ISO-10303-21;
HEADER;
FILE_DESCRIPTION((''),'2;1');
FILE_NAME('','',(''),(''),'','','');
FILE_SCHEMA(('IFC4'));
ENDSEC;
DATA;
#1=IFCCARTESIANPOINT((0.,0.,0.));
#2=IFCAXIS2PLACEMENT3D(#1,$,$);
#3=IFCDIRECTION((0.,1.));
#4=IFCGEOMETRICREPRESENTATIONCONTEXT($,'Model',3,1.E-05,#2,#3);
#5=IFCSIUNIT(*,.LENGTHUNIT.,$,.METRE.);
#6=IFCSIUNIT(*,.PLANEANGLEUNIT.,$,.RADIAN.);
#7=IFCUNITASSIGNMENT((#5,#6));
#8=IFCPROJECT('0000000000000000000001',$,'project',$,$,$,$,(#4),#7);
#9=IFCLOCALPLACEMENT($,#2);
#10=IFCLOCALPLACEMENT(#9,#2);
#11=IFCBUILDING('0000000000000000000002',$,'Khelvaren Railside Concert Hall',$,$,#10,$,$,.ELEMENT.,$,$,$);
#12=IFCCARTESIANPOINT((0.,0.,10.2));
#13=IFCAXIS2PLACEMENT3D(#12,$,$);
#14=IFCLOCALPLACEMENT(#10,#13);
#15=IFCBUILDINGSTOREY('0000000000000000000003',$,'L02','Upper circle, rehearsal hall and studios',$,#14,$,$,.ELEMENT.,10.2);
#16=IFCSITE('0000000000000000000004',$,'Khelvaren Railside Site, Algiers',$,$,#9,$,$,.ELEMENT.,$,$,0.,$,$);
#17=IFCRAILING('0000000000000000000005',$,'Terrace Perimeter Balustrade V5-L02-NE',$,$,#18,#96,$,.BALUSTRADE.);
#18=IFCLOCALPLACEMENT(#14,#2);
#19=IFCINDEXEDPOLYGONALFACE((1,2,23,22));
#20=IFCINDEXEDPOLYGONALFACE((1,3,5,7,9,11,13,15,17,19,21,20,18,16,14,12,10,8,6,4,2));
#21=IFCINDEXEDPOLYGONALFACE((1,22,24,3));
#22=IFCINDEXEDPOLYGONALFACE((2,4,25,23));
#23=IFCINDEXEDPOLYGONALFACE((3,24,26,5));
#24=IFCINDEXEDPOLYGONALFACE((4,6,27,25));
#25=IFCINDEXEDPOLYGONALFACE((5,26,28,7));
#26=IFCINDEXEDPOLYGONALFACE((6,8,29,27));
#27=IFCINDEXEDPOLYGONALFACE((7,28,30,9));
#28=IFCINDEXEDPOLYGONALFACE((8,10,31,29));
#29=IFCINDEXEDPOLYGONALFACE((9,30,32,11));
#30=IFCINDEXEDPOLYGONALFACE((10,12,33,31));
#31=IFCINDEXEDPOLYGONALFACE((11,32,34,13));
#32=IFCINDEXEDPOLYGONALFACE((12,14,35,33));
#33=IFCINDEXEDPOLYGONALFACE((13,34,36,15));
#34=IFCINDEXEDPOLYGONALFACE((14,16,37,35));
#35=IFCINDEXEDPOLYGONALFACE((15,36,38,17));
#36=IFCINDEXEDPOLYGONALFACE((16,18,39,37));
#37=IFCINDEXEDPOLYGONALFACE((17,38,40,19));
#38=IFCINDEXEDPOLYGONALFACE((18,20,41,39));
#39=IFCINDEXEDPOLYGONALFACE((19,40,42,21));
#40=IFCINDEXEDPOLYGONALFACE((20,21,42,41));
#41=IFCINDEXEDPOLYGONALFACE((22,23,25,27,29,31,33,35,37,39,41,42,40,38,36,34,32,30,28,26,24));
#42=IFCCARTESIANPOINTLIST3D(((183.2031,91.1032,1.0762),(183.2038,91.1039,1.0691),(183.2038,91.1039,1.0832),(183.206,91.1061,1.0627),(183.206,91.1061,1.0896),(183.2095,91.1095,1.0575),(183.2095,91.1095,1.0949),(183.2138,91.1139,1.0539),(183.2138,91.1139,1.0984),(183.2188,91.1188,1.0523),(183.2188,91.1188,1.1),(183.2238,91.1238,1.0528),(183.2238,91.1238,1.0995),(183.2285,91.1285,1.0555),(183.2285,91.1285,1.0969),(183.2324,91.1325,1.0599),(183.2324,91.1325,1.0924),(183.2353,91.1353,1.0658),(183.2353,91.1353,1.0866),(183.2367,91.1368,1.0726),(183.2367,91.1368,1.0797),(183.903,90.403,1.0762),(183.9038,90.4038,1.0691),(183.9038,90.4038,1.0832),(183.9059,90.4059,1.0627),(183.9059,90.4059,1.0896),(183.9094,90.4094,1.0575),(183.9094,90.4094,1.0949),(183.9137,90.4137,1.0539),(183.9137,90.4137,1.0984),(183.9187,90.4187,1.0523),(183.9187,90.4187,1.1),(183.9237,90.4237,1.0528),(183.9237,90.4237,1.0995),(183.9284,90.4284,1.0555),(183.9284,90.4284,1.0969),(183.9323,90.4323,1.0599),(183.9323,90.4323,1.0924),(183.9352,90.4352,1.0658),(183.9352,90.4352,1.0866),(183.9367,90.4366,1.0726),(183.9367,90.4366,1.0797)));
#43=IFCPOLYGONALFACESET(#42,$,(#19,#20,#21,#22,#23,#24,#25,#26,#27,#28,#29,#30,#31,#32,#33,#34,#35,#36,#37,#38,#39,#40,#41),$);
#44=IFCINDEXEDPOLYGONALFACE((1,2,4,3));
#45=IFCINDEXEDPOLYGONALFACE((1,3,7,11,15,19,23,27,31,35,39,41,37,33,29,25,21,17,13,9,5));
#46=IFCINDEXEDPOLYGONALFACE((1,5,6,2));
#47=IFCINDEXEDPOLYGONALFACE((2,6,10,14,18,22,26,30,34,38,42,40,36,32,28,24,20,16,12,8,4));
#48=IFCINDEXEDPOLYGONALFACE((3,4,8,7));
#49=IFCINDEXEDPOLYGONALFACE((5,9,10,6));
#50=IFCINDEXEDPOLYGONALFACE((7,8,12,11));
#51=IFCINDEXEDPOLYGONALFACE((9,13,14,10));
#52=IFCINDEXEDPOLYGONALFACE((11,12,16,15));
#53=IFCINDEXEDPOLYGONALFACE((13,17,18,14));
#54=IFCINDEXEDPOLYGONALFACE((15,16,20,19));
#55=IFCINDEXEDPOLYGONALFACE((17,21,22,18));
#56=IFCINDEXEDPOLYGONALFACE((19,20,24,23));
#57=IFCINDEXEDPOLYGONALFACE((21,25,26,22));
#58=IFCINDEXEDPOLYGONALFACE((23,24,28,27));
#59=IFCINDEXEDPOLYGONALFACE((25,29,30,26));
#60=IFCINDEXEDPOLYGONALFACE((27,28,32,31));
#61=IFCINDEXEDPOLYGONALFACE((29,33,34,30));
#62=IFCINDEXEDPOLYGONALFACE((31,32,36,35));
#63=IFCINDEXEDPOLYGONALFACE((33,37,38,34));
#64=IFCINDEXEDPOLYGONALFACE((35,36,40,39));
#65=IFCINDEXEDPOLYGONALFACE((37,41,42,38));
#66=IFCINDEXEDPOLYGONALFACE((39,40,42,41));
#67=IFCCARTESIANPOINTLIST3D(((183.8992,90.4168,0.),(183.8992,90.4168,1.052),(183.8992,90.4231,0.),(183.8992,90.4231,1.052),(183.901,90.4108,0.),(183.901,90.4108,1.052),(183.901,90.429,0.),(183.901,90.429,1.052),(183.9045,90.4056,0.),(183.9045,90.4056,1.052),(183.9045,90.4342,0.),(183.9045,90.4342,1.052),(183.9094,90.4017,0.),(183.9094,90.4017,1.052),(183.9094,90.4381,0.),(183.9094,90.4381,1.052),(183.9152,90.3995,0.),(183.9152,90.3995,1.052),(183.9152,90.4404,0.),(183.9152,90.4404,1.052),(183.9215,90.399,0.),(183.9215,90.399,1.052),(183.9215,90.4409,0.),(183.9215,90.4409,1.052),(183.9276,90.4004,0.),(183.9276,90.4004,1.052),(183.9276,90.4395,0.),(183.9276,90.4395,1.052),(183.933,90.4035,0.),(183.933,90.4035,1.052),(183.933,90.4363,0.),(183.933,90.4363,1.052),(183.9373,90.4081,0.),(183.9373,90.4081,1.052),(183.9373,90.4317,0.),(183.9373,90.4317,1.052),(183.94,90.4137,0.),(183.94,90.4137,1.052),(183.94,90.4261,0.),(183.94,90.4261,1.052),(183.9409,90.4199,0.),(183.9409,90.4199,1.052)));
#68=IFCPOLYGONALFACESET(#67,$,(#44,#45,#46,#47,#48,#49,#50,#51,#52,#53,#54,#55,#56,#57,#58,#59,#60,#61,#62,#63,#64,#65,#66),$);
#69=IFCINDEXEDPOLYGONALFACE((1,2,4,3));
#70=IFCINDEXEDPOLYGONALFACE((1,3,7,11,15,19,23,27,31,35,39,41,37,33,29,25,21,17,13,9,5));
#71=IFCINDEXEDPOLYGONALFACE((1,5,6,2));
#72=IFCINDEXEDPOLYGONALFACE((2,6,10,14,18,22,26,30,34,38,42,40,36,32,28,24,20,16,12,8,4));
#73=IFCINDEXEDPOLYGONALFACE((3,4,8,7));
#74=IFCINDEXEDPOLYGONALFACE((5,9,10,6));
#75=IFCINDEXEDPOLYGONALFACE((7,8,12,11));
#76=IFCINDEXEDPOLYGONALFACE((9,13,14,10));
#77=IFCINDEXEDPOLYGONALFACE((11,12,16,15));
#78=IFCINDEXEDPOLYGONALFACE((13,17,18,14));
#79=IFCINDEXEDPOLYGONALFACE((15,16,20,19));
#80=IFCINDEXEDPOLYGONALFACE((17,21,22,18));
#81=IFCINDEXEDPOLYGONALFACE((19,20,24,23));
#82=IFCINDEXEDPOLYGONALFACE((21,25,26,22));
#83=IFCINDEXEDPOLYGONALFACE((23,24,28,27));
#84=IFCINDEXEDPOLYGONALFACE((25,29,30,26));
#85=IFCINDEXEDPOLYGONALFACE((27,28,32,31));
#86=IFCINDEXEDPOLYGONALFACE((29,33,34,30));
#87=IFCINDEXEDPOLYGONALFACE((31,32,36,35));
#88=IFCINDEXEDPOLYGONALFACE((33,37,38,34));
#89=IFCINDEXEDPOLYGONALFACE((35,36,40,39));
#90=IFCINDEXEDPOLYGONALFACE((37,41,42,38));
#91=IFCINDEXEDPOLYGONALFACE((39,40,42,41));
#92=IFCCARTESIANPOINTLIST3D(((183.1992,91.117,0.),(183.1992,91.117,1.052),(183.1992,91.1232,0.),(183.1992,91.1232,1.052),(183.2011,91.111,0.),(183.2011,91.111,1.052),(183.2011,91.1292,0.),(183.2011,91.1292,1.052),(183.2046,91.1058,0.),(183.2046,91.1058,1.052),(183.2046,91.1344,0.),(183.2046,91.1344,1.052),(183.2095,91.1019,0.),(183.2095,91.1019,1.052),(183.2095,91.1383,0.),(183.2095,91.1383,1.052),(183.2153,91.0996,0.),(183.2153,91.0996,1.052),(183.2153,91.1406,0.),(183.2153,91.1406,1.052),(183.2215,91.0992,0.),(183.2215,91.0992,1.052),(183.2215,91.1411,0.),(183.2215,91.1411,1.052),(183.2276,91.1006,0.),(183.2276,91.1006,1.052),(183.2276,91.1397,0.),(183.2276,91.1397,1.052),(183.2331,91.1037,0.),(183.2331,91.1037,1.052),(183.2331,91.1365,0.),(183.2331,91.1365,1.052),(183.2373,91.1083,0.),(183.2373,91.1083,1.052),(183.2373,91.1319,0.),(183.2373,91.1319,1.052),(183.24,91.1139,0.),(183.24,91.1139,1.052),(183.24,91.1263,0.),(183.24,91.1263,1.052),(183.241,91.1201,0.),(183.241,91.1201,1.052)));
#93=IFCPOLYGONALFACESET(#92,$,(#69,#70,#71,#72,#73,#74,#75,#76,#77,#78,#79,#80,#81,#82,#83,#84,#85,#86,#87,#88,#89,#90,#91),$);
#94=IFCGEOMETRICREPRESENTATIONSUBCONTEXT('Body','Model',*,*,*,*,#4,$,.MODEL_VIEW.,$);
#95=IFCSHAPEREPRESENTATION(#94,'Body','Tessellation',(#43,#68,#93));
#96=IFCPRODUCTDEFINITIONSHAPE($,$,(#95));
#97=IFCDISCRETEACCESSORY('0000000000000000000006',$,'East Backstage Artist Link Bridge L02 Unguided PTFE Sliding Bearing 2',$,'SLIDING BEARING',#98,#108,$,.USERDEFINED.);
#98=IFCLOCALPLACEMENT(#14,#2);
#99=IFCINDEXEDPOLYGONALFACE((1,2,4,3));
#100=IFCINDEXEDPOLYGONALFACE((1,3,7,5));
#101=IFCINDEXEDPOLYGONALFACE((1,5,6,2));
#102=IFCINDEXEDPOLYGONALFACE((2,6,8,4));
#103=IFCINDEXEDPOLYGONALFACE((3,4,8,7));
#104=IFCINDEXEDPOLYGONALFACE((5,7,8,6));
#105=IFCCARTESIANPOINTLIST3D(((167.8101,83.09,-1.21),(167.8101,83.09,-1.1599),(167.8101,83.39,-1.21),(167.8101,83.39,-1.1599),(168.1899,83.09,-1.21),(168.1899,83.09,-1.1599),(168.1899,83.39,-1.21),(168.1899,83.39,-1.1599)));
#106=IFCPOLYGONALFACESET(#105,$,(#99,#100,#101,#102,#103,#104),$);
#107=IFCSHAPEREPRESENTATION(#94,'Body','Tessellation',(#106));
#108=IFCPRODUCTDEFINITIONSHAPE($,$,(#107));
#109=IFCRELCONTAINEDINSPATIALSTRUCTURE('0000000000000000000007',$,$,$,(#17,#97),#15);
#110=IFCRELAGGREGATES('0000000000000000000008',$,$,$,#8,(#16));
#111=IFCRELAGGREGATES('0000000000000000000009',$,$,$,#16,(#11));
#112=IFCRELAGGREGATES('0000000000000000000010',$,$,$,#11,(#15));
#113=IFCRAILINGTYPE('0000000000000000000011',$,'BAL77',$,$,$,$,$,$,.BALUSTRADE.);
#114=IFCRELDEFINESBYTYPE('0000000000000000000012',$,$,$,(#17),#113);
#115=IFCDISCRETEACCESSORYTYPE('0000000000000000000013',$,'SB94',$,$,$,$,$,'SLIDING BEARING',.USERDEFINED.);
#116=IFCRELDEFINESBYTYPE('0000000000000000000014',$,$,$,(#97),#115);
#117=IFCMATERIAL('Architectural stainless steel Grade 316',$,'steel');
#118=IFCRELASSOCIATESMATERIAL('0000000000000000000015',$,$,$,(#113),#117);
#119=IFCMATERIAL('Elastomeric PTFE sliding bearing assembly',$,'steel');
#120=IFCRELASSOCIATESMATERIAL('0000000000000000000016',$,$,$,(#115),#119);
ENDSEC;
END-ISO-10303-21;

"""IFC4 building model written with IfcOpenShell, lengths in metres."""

from ifc_helpers import new_model, si_unit, direction, frame, origin, origin_2d, place, context, subcontext, project, spatial, rectangle, circle, extrude, material, type_object, element, save


model = new_model("IFC4")

# Units and contexts
model_context = context("Model", 3, precision=1e-05, world=origin(), true_north=direction((0.0, 1.0)))
body_context = subcontext(model_context, "Body", "Model", "MODEL_VIEW")
ifc_project = project(units=[si_unit("LENGTHUNIT", "METRE"), si_unit("PLANEANGLEUNIT", "RADIAN")], contexts=[model_context])

# Site, building, storey
site_placement = place(None, origin())
site = spatial("IfcSite", under=ifc_project, at=site_placement, Name="Khelvaren Railside Site, Algiers", CompositionType="ELEMENT", RefElevation=0.0)
building_placement = place(site_placement, origin())
building = spatial("IfcBuilding", under=site, at=building_placement, Name="Khelvaren Railside Concert Hall", CompositionType="ELEMENT")
storey_placement = place(building_placement, frame((0.0, 0.0, 10.2)))
storey = spatial("IfcBuildingStorey", under=building, at=storey_placement, Name="L02", Description="Upper circle, rehearsal hall and studios", CompositionType="ELEMENT", Elevation=10.2)

# Railing
ifc_material_1 = material(Name="Architectural stainless steel Grade 316", Category="steel")
railing_type = type_object("IfcRailingType", Name="BAL77", PredefinedType="BALUSTRADE", material=ifc_material_1)
railing_1_placement = place(storey_placement, frame((183.9199, 90.4199, 0.0)))
element("IfcRailing", 1, at=railing_1_placement, inside=storey, type_object=railing_type, Name="Terrace Perimeter Balustrade V5-L02-NE", PredefinedType="BALUSTRADE", context=body_context, shape_type="SweptSolid", body=[
    extrude(circle(Radius=0.0239, at=origin_2d()), frame((0.0, 0.0, 1.0762), z_axis=(-0.706983, 0.70723, 0.0), x_axis=(-0.70723, -0.706983, 0.0)), (0.0, 0.0, 1.0), 0.99),
    extrude(circle(Radius=0.021, at=origin_2d()), origin(), (0.0, 0.0, 1.0), 1.052),
    extrude(circle(Radius=0.021, at=origin_2d()), frame((-0.7, 0.7002, 0.0)), (0.0, 0.0, 1.0), 1.052),
])

# Discrete accessory
ifc_material_2 = material(Name="Elastomeric PTFE sliding bearing assembly", Category="steel")
discrete_accessory_type = type_object("IfcDiscreteAccessoryType", Name="SB94", ElementType="SLIDING BEARING", PredefinedType="USERDEFINED", material=ifc_material_2)
discrete_accessory_placement = place(storey_placement, frame((168.0, 83.24, -1.21), z_axis=(0.0, 0.0, 1.0), x_axis=(0.0, 1.0, 0.0)))
element("IfcDiscreteAccessory", 2, at=discrete_accessory_placement, inside=storey, type_object=discrete_accessory_type, Name="East Backstage Artist Link Bridge L02 Unguided PTFE Sliding Bearing 2", ObjectType="SLIDING BEARING", PredefinedType="USERDEFINED", context=body_context, shape_type="SweptSolid", body=[
    extrude(rectangle(XDim=0.3, YDim=0.3799, at=origin_2d()), origin(), (0.0, 0.0, 1.0), 0.05),
])

save(model, "model.ifc")
